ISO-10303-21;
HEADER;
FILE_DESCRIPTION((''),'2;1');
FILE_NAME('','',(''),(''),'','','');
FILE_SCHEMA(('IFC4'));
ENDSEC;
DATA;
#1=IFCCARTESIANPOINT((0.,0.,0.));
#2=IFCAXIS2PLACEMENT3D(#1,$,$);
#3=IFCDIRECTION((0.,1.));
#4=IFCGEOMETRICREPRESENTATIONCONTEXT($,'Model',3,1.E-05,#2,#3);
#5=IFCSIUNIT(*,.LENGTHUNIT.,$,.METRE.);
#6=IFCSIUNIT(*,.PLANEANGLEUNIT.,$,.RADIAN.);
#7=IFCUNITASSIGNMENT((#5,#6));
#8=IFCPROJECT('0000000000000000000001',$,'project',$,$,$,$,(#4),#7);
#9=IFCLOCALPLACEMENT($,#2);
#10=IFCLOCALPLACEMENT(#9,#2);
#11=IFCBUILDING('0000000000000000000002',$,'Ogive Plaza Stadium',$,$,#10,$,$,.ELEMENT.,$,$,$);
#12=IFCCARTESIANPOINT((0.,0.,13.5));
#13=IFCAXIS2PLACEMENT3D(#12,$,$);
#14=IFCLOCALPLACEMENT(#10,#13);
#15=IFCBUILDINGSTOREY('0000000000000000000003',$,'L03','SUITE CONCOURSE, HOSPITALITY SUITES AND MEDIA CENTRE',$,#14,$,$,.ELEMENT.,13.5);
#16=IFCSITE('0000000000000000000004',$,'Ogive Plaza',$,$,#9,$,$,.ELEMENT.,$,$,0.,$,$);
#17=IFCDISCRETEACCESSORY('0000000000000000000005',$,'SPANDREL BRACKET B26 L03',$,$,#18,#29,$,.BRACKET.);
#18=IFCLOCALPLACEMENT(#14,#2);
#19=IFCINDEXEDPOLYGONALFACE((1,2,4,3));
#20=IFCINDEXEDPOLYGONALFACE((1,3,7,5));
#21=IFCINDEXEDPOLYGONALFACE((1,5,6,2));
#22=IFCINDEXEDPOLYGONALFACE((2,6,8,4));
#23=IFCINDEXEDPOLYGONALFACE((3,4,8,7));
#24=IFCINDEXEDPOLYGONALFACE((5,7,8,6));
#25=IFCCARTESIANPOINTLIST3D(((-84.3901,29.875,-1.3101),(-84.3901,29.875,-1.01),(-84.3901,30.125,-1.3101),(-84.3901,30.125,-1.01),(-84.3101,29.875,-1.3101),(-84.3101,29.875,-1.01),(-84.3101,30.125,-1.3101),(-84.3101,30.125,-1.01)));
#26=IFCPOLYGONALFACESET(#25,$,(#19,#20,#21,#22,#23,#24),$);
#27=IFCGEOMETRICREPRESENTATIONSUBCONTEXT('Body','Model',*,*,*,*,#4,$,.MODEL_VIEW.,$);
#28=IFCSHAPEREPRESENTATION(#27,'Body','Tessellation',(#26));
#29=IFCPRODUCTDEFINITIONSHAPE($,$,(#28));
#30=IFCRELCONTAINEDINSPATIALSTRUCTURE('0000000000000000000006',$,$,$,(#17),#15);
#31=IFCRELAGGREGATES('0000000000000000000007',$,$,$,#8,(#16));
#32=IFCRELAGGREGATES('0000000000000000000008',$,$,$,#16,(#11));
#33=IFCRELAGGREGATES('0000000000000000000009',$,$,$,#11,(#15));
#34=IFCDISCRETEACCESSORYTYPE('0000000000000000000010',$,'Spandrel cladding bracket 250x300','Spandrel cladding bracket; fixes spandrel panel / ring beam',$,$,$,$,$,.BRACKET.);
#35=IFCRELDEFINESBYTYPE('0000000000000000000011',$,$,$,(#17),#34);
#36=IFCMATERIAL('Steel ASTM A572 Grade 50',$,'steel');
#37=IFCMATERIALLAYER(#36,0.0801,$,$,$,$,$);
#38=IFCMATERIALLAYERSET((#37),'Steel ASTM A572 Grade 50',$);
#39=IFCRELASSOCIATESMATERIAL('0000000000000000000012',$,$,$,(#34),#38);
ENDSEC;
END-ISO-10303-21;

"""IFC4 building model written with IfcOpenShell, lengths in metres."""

from ifc_helpers import new_model, si_unit, direction, frame, origin, origin_2d, place, context, subcontext, project, spatial, rectangle, extrude, material, layer, layer_set, type_object, element, save


model = new_model("IFC4")

# Units and contexts
model_context = context("Model", 3, precision=1e-05, world=origin(), true_north=direction((0.0, 1.0)))
body_context = subcontext(model_context, "Body", "Model", "MODEL_VIEW")
ifc_project = project(units=[si_unit("LENGTHUNIT", "METRE"), si_unit("PLANEANGLEUNIT", "RADIAN")], contexts=[model_context])

# Site, building, storey
site_placement = place(None, origin())
site = spatial("IfcSite", under=ifc_project, at=site_placement, Name="Ogive Plaza", CompositionType="ELEMENT", RefElevation=0.0)
building_placement = place(site_placement, origin())
building = spatial("IfcBuilding", under=site, at=building_placement, Name="Ogive Plaza Stadium", CompositionType="ELEMENT")
storey_placement = place(building_placement, frame((0.0, 0.0, 13.5)))
storey = spatial("IfcBuildingStorey", under=building, at=storey_placement, Name="L03", Description="SUITE CONCOURSE, HOSPITALITY SUITES AND MEDIA CENTRE", CompositionType="ELEMENT", Elevation=13.5)

# Discrete accessory
ifc_material_1 = material(Name="Steel ASTM A572 Grade 50", Category="steel")
ifc_layer_1 = layer(ifc_material_1, 0.0801)
ifc_layer_set_1 = layer_set([ifc_layer_1], Name="Steel ASTM A572 Grade 50")
discrete_accessory_type = type_object("IfcDiscreteAccessoryType", Name="Spandrel cladding bracket 250x300", Description="Spandrel cladding bracket; fixes spandrel panel / ring beam", PredefinedType="BRACKET", material=ifc_layer_set_1)
discrete_accessory_placement = place(storey_placement, frame((-84.3501, 30.0, -1.3101), z_axis=(0.0, 0.0, 1.0), x_axis=(0.0, 1.0, 0.0)))
element("IfcDiscreteAccessory", 1, at=discrete_accessory_placement, inside=storey, type_object=discrete_accessory_type, Name="SPANDREL BRACKET B26 L03", PredefinedType="BRACKET", context=body_context, shape_type="SweptSolid", body=[
    extrude(rectangle(XDim=0.25, YDim=0.0801, at=origin_2d()), origin(), (0.0, 0.0, 1.0), 0.3),
])

save(model, "model.ifc")
